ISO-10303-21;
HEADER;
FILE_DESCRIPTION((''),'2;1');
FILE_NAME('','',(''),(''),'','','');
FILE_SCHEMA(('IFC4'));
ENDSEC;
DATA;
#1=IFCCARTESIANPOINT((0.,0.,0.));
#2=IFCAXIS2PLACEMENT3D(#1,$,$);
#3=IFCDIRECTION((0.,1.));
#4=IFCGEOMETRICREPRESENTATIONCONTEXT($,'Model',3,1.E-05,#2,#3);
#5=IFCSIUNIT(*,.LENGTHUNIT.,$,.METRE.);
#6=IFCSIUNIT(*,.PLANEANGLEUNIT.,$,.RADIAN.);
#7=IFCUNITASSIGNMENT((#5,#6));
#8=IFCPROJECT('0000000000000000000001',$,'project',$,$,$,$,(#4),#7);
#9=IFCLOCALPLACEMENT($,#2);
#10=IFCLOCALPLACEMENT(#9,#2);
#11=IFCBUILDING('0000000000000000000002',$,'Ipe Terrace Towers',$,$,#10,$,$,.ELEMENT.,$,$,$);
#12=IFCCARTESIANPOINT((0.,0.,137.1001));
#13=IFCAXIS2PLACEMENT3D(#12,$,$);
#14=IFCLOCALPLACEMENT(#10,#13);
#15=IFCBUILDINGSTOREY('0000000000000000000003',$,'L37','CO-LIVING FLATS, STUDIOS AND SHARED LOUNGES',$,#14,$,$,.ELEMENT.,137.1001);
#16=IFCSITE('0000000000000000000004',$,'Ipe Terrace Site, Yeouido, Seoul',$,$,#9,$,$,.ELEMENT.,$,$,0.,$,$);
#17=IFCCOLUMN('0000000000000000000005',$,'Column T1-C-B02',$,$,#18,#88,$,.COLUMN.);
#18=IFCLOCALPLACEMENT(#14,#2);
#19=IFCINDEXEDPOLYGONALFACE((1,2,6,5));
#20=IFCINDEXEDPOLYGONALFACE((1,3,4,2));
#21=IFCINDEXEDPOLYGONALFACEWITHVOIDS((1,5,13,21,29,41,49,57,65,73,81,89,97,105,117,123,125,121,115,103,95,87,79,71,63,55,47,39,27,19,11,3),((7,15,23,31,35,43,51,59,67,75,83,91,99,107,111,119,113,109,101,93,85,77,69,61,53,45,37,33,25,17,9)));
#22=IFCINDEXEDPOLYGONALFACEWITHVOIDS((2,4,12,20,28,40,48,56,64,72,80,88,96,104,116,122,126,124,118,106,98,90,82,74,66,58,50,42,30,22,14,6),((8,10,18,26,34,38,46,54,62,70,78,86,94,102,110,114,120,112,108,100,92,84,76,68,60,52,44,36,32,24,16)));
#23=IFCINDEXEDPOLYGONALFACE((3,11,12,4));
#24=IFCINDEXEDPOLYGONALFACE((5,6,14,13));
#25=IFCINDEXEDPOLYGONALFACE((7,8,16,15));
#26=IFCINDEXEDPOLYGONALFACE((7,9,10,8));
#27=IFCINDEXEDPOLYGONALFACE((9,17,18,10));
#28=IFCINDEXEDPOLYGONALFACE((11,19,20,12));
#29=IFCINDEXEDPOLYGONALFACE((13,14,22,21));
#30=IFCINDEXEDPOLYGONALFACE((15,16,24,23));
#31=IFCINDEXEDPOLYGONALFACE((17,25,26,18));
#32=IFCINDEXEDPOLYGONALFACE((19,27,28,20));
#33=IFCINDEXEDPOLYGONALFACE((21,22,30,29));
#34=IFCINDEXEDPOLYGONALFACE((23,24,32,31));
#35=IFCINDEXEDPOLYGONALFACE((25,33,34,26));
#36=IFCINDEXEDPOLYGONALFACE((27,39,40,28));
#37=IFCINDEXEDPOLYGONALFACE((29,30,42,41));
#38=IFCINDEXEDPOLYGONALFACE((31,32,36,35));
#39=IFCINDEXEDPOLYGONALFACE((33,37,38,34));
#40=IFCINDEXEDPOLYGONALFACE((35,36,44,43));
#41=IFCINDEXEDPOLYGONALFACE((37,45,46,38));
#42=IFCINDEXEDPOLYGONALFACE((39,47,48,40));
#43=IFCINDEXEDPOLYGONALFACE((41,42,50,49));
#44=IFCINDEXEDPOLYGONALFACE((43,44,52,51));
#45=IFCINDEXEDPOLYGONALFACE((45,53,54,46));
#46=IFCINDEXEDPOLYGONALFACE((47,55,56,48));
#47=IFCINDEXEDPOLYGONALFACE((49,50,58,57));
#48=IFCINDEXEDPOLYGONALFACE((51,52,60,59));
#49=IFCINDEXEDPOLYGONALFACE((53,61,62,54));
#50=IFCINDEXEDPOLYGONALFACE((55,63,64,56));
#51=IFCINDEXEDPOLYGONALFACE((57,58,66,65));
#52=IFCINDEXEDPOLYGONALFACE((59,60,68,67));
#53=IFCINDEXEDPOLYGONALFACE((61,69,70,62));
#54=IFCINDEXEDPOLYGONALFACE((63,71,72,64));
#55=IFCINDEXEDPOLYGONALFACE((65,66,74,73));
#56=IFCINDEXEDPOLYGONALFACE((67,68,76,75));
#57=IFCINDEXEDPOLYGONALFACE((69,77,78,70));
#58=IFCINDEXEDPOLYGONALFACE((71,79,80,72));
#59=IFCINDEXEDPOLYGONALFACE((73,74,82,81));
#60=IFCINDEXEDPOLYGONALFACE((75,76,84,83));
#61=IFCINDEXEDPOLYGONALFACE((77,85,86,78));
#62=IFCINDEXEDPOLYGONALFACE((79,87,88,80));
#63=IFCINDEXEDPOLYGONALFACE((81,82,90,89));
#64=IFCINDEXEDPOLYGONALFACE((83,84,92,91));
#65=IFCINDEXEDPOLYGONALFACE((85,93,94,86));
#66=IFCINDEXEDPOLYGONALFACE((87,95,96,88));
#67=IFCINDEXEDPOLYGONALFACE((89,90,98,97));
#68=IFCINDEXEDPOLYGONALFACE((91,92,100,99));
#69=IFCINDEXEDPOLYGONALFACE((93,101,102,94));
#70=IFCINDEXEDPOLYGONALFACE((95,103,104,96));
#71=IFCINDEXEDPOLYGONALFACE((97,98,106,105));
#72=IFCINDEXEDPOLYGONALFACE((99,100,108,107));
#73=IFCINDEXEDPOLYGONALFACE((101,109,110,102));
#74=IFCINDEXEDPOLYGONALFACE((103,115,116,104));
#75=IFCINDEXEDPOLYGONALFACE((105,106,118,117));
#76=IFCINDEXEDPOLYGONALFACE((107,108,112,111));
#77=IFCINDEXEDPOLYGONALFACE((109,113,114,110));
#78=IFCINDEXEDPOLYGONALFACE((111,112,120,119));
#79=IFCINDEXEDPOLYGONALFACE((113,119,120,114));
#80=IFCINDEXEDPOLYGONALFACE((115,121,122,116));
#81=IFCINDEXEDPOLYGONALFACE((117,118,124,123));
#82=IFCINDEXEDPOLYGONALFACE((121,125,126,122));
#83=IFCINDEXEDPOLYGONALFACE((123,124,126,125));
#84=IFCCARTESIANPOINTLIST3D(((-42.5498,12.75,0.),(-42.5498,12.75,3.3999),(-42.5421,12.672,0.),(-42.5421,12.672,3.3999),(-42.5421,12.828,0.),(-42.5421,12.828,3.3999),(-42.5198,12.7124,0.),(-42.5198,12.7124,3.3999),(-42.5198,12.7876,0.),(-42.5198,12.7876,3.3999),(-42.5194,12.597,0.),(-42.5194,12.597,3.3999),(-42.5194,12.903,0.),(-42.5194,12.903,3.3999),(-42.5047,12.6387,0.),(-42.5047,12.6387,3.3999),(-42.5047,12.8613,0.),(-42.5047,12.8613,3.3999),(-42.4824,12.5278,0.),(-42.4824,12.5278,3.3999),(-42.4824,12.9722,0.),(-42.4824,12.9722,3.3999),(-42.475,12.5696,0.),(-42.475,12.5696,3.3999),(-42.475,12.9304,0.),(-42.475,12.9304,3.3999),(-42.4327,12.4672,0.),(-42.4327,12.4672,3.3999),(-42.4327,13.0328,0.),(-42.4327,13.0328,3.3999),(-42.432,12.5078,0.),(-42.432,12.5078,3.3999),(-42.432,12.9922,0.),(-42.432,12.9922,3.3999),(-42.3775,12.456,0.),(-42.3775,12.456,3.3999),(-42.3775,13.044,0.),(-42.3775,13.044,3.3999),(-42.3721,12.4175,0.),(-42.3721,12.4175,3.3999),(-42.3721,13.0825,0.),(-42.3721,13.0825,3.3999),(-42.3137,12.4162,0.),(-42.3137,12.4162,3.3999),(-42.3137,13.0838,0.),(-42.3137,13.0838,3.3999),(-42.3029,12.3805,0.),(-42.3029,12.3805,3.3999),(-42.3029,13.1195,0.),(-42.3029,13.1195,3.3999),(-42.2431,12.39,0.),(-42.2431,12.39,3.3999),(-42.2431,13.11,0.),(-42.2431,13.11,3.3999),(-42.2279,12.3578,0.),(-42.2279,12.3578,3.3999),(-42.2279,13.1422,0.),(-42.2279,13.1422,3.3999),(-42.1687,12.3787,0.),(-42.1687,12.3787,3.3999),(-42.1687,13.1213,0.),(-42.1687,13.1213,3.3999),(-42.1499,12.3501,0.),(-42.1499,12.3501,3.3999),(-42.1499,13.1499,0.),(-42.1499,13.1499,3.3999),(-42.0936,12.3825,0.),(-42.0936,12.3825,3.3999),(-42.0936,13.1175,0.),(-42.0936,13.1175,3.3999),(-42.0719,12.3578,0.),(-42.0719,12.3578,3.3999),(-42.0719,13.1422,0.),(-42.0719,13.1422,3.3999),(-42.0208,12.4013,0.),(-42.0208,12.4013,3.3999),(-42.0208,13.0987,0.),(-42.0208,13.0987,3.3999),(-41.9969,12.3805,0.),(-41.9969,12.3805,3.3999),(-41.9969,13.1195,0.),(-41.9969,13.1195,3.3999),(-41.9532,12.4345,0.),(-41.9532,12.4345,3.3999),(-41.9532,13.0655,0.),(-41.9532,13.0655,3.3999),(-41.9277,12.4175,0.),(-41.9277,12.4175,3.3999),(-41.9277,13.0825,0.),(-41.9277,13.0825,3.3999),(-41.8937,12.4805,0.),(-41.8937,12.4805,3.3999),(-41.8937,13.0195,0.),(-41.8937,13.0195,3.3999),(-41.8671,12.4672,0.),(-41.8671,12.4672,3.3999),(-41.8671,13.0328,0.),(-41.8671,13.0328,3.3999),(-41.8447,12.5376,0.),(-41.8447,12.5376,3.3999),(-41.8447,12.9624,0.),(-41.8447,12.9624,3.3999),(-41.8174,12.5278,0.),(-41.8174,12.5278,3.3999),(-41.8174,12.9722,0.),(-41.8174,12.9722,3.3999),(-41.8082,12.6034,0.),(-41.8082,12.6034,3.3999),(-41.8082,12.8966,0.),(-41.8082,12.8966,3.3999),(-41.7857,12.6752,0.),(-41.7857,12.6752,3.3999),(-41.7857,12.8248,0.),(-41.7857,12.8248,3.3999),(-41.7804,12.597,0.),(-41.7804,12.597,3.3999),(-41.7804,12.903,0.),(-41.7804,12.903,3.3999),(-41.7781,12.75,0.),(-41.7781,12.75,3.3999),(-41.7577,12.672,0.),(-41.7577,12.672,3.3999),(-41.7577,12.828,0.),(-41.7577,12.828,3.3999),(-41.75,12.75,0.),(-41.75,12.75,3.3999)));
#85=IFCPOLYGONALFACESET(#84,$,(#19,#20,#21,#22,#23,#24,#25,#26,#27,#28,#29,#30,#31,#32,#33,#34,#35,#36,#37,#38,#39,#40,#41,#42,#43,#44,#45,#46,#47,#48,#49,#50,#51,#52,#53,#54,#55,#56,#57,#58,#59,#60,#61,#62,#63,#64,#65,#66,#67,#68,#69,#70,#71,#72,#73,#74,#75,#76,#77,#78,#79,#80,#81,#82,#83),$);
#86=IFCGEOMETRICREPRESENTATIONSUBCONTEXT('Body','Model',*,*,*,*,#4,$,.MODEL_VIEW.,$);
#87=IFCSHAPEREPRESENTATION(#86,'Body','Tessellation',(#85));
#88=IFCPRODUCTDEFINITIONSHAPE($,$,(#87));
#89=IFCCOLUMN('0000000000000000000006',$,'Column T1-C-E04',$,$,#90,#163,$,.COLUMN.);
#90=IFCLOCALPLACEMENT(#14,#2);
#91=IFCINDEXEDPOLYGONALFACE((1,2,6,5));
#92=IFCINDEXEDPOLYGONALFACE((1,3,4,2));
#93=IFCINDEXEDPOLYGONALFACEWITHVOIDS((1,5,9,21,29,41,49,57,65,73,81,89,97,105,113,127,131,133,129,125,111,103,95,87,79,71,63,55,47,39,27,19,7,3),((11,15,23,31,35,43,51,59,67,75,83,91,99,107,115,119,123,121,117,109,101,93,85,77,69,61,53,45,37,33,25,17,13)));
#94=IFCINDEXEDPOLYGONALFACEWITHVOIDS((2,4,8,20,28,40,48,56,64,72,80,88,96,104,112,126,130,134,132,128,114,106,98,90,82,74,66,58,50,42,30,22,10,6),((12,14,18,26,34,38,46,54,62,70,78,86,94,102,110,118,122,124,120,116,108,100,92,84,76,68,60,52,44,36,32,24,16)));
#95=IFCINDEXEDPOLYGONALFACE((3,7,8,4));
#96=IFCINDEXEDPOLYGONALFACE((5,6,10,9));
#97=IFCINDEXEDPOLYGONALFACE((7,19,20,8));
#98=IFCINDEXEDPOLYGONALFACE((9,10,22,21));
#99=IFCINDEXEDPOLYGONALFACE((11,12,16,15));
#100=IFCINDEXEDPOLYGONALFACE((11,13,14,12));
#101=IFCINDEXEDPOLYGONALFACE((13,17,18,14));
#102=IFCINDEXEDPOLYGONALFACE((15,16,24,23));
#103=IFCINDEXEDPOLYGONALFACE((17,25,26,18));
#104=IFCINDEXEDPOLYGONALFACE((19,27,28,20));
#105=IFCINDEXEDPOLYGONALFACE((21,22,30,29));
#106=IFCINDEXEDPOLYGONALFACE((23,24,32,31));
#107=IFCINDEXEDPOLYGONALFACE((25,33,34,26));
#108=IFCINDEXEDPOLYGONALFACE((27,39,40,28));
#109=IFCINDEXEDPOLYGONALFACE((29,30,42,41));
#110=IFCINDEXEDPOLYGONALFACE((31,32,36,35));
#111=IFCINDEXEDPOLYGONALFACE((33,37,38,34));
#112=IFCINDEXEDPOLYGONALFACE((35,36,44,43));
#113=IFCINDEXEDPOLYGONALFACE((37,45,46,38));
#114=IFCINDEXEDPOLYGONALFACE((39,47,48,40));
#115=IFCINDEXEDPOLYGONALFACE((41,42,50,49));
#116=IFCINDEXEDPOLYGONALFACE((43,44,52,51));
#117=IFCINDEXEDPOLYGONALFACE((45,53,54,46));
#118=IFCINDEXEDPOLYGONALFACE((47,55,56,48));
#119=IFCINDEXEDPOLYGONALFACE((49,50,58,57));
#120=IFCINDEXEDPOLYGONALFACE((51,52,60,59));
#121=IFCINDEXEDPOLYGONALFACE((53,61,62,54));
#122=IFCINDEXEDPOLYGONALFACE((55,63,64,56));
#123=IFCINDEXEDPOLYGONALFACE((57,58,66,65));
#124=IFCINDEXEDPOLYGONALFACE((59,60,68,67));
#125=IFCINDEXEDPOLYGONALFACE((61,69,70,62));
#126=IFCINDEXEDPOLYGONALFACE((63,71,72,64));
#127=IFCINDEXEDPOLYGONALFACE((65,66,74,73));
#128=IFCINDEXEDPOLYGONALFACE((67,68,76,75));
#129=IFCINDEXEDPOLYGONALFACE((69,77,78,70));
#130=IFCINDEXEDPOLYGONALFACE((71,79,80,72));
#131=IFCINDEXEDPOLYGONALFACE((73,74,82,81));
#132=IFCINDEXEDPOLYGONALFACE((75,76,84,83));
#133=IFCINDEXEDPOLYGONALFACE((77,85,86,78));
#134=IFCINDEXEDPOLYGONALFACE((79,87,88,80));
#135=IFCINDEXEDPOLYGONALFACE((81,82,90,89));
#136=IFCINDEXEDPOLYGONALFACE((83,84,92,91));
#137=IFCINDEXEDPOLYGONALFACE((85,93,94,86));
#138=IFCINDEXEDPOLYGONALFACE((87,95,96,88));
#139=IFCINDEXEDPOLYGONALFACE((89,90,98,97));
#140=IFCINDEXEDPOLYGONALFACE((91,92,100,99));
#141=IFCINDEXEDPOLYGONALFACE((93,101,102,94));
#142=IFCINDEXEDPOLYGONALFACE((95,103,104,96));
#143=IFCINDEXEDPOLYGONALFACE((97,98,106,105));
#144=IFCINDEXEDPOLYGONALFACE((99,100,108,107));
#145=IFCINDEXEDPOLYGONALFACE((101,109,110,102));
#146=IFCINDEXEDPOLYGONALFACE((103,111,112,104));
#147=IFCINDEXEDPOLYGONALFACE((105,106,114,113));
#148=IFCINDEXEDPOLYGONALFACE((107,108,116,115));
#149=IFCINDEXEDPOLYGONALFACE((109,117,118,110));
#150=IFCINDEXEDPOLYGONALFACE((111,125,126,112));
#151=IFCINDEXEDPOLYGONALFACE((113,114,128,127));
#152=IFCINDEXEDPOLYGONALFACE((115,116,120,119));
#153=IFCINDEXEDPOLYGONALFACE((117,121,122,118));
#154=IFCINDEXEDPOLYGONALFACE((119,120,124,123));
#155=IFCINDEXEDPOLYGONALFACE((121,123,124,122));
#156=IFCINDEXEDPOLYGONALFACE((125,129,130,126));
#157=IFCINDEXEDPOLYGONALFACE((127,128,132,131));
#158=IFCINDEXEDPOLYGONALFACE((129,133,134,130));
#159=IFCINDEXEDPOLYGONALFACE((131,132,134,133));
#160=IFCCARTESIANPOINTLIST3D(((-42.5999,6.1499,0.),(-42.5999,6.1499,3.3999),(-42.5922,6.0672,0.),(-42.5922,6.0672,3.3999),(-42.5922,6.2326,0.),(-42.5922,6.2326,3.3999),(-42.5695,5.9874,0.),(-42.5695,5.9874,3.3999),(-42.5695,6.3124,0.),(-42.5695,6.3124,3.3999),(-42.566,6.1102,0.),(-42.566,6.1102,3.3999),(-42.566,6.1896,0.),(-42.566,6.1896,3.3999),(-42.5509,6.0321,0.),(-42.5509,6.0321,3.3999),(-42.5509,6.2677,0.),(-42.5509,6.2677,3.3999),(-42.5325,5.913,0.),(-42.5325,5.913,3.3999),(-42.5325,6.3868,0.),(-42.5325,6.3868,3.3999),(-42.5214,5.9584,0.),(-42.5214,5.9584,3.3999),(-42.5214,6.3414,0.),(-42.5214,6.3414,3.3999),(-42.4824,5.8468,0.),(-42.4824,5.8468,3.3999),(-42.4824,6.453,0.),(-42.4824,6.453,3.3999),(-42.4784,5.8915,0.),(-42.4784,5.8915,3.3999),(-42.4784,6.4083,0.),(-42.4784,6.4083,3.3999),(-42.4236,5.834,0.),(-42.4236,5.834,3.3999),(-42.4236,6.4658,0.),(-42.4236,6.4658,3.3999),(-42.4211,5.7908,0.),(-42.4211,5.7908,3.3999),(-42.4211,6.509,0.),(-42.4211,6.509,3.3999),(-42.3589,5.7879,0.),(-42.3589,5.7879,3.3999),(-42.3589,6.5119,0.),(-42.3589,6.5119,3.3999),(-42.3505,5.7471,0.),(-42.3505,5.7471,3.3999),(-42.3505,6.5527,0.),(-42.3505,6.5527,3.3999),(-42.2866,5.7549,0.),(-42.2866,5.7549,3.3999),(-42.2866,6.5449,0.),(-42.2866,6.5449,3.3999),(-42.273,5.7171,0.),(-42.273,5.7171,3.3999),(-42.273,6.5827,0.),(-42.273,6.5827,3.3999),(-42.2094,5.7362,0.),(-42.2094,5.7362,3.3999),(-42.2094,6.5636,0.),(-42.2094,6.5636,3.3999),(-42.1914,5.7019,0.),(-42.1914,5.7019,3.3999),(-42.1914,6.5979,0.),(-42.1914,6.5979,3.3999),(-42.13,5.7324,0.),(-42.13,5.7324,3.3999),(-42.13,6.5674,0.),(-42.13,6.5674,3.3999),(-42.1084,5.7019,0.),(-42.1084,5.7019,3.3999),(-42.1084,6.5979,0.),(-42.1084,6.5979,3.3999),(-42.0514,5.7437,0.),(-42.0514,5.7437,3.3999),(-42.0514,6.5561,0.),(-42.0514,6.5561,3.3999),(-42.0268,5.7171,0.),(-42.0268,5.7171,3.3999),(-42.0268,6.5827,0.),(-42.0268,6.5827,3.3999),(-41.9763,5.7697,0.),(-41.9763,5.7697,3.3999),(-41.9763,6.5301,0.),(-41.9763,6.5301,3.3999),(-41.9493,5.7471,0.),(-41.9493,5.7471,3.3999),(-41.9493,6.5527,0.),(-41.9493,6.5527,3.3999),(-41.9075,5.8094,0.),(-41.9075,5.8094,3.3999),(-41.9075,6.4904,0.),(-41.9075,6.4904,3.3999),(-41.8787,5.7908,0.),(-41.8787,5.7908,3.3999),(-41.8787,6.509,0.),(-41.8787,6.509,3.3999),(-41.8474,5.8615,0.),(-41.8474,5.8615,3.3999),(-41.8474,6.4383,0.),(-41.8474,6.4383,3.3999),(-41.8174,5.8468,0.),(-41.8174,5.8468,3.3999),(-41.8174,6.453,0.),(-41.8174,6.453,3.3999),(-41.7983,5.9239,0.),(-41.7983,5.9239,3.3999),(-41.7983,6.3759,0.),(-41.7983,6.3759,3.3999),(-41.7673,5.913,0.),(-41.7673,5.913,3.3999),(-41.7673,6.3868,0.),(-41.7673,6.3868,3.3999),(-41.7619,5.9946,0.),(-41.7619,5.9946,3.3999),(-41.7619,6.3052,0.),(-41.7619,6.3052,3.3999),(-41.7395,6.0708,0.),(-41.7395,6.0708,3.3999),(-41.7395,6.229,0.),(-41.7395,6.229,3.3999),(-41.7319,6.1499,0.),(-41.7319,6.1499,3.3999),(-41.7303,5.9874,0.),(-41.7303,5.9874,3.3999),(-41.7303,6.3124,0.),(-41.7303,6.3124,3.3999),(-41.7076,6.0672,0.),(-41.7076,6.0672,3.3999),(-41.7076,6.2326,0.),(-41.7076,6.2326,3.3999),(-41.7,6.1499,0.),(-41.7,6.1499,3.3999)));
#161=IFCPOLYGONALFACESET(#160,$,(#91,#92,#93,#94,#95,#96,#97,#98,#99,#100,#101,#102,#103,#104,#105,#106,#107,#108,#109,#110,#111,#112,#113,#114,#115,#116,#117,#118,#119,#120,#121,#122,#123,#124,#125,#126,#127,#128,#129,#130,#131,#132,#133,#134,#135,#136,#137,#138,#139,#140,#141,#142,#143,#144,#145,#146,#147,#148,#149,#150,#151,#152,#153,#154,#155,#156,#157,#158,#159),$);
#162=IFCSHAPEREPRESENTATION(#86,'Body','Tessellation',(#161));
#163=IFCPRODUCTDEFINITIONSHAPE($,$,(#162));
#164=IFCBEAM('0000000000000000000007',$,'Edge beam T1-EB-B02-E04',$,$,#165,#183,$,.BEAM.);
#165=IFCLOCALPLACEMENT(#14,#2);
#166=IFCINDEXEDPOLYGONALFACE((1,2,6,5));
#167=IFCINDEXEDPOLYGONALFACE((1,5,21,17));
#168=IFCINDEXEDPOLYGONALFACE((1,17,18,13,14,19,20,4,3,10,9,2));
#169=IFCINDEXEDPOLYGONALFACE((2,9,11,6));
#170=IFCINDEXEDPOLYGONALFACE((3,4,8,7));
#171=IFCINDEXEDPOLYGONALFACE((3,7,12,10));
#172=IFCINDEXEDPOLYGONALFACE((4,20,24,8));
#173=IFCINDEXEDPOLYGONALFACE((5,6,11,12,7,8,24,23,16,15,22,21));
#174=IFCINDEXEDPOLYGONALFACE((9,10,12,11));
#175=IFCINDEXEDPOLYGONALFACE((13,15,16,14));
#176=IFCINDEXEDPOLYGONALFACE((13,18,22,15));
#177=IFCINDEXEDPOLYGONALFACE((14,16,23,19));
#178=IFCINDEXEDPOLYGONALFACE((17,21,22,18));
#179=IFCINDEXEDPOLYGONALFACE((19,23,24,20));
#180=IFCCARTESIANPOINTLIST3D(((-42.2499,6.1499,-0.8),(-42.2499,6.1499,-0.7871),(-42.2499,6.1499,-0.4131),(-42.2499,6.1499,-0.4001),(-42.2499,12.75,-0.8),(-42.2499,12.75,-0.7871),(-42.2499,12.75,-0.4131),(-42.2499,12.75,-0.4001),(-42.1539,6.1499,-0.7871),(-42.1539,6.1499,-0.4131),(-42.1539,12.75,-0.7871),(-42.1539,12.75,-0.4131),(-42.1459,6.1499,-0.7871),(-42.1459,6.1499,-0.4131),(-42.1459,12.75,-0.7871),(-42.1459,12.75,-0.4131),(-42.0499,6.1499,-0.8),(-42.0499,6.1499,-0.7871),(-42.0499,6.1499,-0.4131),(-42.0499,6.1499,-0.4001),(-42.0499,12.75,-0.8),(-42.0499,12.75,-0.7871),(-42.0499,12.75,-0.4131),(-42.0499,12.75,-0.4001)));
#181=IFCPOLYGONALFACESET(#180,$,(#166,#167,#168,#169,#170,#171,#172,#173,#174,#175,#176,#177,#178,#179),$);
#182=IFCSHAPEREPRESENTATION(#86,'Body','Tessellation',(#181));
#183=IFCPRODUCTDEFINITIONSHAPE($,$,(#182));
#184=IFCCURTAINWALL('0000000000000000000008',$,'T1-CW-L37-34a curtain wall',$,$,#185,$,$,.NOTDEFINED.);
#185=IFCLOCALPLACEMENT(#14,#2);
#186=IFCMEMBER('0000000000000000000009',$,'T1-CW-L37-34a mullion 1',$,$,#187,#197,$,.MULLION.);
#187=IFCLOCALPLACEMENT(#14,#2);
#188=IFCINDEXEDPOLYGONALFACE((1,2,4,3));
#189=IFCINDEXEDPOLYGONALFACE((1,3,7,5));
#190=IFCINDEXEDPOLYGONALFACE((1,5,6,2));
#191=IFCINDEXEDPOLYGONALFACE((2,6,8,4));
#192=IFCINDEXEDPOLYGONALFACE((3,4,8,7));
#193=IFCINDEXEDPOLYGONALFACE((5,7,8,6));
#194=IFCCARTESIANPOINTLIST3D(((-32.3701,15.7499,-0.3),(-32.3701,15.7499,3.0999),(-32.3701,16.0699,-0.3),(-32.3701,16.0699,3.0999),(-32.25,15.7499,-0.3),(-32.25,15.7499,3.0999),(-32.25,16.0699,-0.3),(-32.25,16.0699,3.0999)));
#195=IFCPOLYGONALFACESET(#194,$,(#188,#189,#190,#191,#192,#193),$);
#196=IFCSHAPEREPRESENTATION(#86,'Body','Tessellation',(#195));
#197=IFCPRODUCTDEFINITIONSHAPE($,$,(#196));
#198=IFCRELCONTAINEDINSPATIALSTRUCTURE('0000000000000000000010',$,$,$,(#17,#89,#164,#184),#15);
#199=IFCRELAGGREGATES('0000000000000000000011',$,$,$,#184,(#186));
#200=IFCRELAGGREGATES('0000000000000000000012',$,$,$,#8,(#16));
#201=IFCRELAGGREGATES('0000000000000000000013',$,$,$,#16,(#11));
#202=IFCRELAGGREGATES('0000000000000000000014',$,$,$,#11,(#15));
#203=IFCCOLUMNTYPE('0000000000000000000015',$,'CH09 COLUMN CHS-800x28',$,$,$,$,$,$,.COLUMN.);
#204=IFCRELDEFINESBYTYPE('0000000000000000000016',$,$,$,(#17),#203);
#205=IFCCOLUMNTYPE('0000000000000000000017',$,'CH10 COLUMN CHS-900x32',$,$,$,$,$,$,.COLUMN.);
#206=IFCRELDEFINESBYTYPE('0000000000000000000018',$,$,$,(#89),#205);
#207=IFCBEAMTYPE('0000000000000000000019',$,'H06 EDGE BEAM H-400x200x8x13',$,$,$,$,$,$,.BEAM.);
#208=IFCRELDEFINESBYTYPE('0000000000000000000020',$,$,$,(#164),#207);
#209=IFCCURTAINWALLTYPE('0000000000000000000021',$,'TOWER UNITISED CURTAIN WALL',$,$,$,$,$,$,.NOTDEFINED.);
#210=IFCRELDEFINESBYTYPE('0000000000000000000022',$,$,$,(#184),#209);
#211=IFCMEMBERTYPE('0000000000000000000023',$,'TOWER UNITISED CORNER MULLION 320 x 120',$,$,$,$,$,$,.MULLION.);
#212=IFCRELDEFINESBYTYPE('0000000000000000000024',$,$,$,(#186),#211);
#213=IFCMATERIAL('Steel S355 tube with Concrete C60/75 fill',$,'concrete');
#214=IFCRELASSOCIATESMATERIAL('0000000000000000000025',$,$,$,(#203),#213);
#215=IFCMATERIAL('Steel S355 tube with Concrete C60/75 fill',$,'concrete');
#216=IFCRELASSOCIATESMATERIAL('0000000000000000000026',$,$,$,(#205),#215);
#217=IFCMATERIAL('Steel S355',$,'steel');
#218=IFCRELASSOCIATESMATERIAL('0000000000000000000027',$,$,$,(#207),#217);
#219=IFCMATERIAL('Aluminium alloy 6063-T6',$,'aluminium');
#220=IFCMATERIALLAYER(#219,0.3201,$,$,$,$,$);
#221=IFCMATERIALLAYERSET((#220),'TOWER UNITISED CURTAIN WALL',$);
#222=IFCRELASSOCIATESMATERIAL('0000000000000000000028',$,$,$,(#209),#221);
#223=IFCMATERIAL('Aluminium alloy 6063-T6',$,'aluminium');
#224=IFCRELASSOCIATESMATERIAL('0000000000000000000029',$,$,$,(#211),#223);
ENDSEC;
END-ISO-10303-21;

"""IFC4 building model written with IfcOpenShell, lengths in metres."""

from ifc_helpers import new_model, si_unit, direction, frame, origin, origin_2d, place, context, subcontext, project, spatial, rectangle, hollow_circle, i_section, extrude, material, layer, layer_set, material_profile, profile_set, type_object, element, aggregate, save


model = new_model("IFC4")

# Units and contexts
model_context = context("Model", 3, precision=1e-05, world=origin(), true_north=direction((0.0, 1.0)))
body_context = subcontext(model_context, "Body", "Model", "MODEL_VIEW")
ifc_project = project(units=[si_unit("LENGTHUNIT", "METRE"), si_unit("PLANEANGLEUNIT", "RADIAN")], contexts=[model_context])

# Site, building, storey
site_placement = place(None, origin())
site = spatial("IfcSite", under=ifc_project, at=site_placement, Name="Ipe Terrace Site, Yeouido, Seoul", CompositionType="ELEMENT", RefElevation=0.0)
building_placement = place(site_placement, origin())
building = spatial("IfcBuilding", under=site, at=building_placement, Name="Ipe Terrace Towers", CompositionType="ELEMENT")
storey_placement = place(building_placement, frame((0.0, 0.0, 137.1001)))
storey = spatial("IfcBuildingStorey", under=building, at=storey_placement, Name="L37", Description="CO-LIVING FLATS, STUDIOS AND SHARED LOUNGES", CompositionType="ELEMENT", Elevation=137.1001)

# Columns
ifc_material_1 = material(Name="Steel S355 tube with Concrete C60/75 fill", Category="concrete")
ifc_material_profile_1 = material_profile(ifc_material_1, hollow_circle(Radius=0.3999, WallThickness=0.0281, at=origin_2d()), Name="CHS-800x28")
ifc_profile_set_1 = profile_set([ifc_material_profile_1], Name="Steel S355 tube with Concrete C60/75 fill")
column_type_1 = type_object("IfcColumnType", Name="CH09 COLUMN CHS-800x28", PredefinedType="COLUMN", material=ifc_profile_set_1)
column_1_placement = place(storey_placement, frame((-42.1499, 12.75, 0.0), z_axis=(0.0, 0.0, 1.0), x_axis=(1.0, 0.0, 0.0)))
element("IfcColumn", 1, at=column_1_placement, inside=storey, type_object=column_type_1, Name="Column T1-C-B02", PredefinedType="COLUMN", context=body_context, shape_type="SweptSolid", body=[
    extrude(hollow_circle(Radius=0.3999, WallThickness=0.0281, at=origin_2d()), origin(), (0.0, 0.0, 1.0), 3.3999),
])
ifc_material_2 = material(Name="Steel S355 tube with Concrete C60/75 fill", Category="concrete")
ifc_material_profile_2 = material_profile(ifc_material_2, hollow_circle(Radius=0.45, WallThickness=0.032, at=origin_2d()), Name="CHS-900x32")
ifc_profile_set_2 = profile_set([ifc_material_profile_2], Name="Steel S355 tube with Concrete C60/75 fill")
column_type_2 = type_object("IfcColumnType", Name="CH10 COLUMN CHS-900x32", PredefinedType="COLUMN", material=ifc_profile_set_2)
column_2_placement = place(storey_placement, frame((-42.1499, 6.1499, 0.0), z_axis=(0.0, 0.0, 1.0), x_axis=(1.0, 0.0, 0.0)))
element("IfcColumn", 2, at=column_2_placement, inside=storey, type_object=column_type_2, Name="Column T1-C-E04", PredefinedType="COLUMN", context=body_context, shape_type="SweptSolid", body=[
    extrude(hollow_circle(Radius=0.45, WallThickness=0.032, at=origin_2d()), origin(), (0.0, 0.0, 1.0), 3.3999),
])

# Beam
ifc_material_3 = material(Name="Steel S355", Category="steel")
ifc_material_profile_3 = material_profile(ifc_material_3, i_section(OverallWidth=0.2, OverallDepth=0.3999, WebThickness=0.0081, FlangeThickness=0.0129, at=origin_2d()), Name="H-400x200x8x13")
ifc_profile_set_3 = profile_set([ifc_material_profile_3], Name="Steel S355")
beam_type = type_object("IfcBeamType", Name="H06 EDGE BEAM H-400x200x8x13", PredefinedType="BEAM", material=ifc_profile_set_3)
beam_placement = place(storey_placement, frame((-42.1499, 12.75, -0.6001), z_axis=(0.0, -1.0, 0.0), x_axis=(1.0, 0.0, 0.0)))
element("IfcBeam", 3, at=beam_placement, inside=storey, type_object=beam_type, Name="Edge beam T1-EB-B02-E04", PredefinedType="BEAM", context=body_context, shape_type="SweptSolid", body=[
    extrude(i_section(OverallWidth=0.2, OverallDepth=0.3999, WebThickness=0.0081, FlangeThickness=0.0129, at=origin_2d()), origin(), (0.0, 0.0, 1.0), 6.6001),
])

# Curtain wall, member
ifc_material_4 = material(Name="Aluminium alloy 6063-T6", Category="aluminium")
ifc_layer_1 = layer(ifc_material_4, 0.3201)
ifc_layer_set_1 = layer_set([ifc_layer_1], Name="TOWER UNITISED CURTAIN WALL")
curtain_wall_type = type_object("IfcCurtainWallType", Name="TOWER UNITISED CURTAIN WALL", PredefinedType="NOTDEFINED", material=ifc_layer_set_1)
curtain_wall_placement = place(storey_placement, origin())
curtain_wall = element("IfcCurtainWall", 4, at=curtain_wall_placement, inside=storey, type_object=curtain_wall_type, Name="T1-CW-L37-34a curtain wall", PredefinedType="NOTDEFINED")
ifc_material_5 = material(Name="Aluminium alloy 6063-T6", Category="aluminium")
ifc_material_profile_4 = material_profile(ifc_material_5, rectangle(XDim=0.3201, YDim=0.1201, at=origin_2d()), Name="TOWER UNITISED CORNER MULLION 320 x 120")
ifc_profile_set_4 = profile_set([ifc_material_profile_4], Name="Aluminium alloy 6063-T6")
member_type_1 = type_object("IfcMemberType", Name="TOWER UNITISED CORNER MULLION 320 x 120", PredefinedType="MULLION", material=ifc_profile_set_4)
member_1_placement = place(storey_placement, frame((-32.3101, 15.9099, -0.3), z_axis=(0.0, 0.0, 1.0), x_axis=(0.0, 1.0, 0.0)))
member_1 = element("IfcMember", 5, at=member_1_placement, type_object=member_type_1, Name="T1-CW-L37-34a mullion 1", PredefinedType="MULLION", context=body_context, shape_type="SweptSolid", body=[
    extrude(rectangle(XDim=0.3201, YDim=0.1201, at=origin_2d()), origin(), (0.0, 0.0, 1.0), 3.3999),
])
aggregate(curtain_wall, [member_1])

save(model, "model.ifc")
